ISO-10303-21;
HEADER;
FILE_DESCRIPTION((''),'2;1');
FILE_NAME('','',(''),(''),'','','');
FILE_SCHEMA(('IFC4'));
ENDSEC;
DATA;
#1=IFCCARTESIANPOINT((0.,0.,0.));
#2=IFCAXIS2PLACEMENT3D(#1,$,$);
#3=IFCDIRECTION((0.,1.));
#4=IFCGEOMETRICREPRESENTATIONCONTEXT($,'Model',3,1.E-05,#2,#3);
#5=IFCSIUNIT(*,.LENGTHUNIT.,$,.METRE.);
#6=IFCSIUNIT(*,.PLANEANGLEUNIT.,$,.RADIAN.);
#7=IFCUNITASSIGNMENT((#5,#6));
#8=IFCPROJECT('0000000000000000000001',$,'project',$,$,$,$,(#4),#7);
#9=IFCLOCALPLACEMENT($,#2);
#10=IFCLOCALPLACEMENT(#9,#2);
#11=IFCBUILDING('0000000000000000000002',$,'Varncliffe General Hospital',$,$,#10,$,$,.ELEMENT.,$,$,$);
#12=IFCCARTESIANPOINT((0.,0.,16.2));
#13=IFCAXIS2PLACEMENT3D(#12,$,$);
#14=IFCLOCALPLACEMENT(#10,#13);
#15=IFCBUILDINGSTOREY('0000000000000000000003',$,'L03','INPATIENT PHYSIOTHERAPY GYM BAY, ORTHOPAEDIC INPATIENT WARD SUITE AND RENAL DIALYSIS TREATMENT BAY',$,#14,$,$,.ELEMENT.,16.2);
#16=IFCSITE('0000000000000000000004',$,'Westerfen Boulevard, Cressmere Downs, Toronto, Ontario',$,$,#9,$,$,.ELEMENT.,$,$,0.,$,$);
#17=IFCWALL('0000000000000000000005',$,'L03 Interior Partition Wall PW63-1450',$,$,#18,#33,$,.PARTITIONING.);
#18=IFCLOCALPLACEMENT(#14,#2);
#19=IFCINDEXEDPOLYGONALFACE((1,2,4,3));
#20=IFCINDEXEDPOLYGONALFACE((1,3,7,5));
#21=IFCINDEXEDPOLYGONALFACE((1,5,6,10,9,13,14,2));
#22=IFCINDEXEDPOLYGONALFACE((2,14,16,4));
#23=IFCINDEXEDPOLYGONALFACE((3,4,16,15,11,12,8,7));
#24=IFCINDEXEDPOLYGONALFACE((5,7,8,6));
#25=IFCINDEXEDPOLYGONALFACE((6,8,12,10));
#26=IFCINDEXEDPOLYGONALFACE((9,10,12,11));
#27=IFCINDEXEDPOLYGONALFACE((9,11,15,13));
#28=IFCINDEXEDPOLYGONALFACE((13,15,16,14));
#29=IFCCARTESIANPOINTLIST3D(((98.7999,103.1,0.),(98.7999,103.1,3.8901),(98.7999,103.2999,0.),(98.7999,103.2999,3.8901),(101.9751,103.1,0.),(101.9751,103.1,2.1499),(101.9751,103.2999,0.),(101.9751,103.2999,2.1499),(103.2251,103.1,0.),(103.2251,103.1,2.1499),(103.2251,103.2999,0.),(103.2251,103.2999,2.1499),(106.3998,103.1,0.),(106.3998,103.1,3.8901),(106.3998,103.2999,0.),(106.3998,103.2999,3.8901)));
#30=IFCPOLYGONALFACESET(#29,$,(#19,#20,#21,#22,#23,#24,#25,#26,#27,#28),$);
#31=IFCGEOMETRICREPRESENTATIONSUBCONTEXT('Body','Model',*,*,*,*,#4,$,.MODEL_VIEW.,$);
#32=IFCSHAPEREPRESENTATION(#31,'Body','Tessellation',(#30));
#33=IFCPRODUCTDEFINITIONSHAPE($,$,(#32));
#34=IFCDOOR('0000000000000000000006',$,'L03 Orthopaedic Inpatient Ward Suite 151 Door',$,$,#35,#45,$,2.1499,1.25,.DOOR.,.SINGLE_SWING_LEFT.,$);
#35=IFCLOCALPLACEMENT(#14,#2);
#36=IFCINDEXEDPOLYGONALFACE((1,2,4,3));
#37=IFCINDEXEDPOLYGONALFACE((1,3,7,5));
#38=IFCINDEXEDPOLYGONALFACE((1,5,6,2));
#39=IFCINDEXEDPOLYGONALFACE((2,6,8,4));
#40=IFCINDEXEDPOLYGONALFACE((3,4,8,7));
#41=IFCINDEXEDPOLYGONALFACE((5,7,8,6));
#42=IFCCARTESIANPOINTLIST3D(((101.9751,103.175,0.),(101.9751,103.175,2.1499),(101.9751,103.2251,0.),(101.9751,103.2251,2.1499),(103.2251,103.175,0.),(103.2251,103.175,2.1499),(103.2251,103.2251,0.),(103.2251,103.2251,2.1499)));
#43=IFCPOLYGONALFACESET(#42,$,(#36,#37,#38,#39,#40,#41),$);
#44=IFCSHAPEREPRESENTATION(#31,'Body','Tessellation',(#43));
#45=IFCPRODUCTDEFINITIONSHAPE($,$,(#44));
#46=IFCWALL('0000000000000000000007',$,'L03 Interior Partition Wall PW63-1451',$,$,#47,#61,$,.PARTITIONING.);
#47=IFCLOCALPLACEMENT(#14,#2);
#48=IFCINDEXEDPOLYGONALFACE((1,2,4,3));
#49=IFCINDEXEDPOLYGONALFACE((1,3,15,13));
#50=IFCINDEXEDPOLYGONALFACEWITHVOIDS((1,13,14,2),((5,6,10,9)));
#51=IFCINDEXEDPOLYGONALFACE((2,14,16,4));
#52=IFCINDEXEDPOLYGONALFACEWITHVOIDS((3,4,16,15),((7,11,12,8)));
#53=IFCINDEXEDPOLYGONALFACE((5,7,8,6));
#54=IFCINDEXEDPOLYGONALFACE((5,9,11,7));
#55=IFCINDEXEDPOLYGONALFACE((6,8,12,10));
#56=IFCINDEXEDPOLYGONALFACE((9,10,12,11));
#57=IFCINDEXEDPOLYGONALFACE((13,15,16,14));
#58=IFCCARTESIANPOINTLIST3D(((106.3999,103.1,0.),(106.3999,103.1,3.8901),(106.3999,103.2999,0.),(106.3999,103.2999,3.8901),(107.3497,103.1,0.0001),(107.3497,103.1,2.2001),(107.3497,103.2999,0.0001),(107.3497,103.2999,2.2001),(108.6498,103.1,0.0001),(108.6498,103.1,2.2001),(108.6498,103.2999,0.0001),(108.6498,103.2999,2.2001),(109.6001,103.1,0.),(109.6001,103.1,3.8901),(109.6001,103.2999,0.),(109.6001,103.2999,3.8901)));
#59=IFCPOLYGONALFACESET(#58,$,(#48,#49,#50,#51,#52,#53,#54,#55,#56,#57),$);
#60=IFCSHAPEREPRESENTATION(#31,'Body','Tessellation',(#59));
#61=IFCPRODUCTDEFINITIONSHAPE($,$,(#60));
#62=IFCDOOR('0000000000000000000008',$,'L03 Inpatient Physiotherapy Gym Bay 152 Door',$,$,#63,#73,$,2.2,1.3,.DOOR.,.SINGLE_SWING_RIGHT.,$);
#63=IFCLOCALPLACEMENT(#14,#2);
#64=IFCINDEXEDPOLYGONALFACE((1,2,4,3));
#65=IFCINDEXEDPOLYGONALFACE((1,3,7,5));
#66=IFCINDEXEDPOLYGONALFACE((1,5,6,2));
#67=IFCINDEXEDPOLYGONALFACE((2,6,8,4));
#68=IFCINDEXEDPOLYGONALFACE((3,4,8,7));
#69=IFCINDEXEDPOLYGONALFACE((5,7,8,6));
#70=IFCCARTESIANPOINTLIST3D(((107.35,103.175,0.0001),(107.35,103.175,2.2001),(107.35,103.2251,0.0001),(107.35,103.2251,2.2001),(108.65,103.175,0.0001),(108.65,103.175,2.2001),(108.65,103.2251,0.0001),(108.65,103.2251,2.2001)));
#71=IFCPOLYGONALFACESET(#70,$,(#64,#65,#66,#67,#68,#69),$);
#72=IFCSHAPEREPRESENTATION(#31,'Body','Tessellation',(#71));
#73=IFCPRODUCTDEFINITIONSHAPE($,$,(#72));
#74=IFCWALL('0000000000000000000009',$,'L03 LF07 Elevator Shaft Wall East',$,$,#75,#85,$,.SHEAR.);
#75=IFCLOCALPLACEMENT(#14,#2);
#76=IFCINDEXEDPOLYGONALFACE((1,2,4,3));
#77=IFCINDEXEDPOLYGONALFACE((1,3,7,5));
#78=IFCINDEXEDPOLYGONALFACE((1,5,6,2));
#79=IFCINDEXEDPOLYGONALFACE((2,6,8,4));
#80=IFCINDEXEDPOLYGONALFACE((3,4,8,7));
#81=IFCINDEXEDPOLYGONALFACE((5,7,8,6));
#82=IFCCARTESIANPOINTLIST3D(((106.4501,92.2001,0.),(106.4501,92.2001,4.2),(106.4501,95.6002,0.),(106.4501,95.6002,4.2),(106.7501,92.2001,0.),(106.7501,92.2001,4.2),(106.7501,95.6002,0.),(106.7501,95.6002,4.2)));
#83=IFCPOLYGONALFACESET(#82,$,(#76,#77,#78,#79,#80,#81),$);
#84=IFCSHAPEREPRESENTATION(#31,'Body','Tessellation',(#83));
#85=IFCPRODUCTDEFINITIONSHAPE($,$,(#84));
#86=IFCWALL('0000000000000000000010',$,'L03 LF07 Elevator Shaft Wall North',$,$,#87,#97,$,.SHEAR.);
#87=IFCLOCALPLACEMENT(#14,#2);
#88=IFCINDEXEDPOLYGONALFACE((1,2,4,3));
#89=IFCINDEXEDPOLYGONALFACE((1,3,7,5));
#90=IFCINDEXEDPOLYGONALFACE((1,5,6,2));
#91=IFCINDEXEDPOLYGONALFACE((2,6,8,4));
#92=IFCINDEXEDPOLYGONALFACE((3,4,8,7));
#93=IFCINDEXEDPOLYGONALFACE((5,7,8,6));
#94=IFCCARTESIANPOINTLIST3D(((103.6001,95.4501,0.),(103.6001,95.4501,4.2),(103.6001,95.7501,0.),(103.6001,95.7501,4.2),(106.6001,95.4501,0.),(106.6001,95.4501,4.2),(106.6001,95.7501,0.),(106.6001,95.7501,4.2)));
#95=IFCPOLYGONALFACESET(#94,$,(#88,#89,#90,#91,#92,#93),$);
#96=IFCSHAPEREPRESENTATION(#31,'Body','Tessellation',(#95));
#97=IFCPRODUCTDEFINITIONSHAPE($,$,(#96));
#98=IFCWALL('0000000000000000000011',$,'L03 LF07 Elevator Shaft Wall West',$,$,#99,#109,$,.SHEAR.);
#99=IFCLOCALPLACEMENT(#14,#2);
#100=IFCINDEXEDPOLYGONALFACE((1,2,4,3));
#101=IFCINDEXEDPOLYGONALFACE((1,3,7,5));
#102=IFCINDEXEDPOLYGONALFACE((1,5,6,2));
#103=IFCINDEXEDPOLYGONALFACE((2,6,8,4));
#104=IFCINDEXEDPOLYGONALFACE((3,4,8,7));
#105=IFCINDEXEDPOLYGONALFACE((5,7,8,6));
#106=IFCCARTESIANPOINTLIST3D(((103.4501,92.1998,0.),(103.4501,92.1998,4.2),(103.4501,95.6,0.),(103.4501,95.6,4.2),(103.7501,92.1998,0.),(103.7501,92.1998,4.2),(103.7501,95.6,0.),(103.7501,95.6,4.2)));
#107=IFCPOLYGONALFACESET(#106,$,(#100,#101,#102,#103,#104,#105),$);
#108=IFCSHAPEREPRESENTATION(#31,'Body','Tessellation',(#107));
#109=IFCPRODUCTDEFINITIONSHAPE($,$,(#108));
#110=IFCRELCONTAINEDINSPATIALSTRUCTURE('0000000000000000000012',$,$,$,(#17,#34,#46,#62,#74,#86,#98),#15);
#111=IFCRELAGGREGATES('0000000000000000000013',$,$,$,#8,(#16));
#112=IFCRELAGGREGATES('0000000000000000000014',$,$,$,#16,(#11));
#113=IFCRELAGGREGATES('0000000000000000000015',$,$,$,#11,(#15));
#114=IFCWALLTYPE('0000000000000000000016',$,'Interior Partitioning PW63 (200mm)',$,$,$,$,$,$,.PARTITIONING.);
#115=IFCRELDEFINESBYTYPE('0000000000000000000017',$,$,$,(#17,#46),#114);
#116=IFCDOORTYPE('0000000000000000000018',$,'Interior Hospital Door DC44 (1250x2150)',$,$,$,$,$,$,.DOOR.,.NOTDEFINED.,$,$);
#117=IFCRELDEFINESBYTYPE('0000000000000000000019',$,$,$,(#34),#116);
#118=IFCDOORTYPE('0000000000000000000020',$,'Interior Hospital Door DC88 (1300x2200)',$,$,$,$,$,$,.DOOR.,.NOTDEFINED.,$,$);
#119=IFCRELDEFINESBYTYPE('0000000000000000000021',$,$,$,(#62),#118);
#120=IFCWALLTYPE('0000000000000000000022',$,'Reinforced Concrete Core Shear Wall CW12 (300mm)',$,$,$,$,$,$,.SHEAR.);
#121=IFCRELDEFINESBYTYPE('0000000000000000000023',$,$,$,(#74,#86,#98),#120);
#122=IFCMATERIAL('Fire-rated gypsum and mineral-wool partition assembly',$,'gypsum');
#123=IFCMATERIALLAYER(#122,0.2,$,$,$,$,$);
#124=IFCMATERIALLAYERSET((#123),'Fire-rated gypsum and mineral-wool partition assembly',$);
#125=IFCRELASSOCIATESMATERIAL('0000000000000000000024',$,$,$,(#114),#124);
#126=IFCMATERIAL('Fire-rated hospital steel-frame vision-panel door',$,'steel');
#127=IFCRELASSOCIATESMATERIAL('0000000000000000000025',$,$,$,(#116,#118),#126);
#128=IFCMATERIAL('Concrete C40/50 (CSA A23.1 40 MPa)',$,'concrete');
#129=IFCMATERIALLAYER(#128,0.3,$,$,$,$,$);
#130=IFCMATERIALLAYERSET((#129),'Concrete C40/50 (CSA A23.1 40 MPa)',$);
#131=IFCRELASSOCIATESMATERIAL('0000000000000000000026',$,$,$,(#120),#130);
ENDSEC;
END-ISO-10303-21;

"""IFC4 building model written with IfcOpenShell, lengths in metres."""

from ifc_helpers import new_model, si_unit, direction, frame, frame_2d, origin, place, context, subcontext, project, spatial, rectangle, extrude, material, layer, layer_set, type_object, element, fill, save


model = new_model("IFC4")

# Units and contexts
model_context = context("Model", 3, precision=1e-05, world=origin(), true_north=direction((0.0, 1.0)))
body_context = subcontext(model_context, "Body", "Model", "MODEL_VIEW")
ifc_project = project(units=[si_unit("LENGTHUNIT", "METRE"), si_unit("PLANEANGLEUNIT", "RADIAN")], contexts=[model_context])

# Site, building, storey
site_placement = place(None, origin())
site = spatial("IfcSite", under=ifc_project, at=site_placement, Name="Westerfen Boulevard, Cressmere Downs, Toronto, Ontario", CompositionType="ELEMENT", RefElevation=0.0)
building_placement = place(site_placement, origin())
building = spatial("IfcBuilding", under=site, at=building_placement, Name="Varncliffe General Hospital", CompositionType="ELEMENT")
storey_placement = place(building_placement, frame((0.0, 0.0, 16.2)))
storey = spatial("IfcBuildingStorey", under=building, at=storey_placement, Name="L03", Description="INPATIENT PHYSIOTHERAPY GYM BAY, ORTHOPAEDIC INPATIENT WARD SUITE AND RENAL DIALYSIS TREATMENT BAY", CompositionType="ELEMENT", Elevation=16.2)

# Shared definitions
ifc_material_1 = material(Name="Concrete C40/50 (CSA A23.1 40 MPa)", Category="concrete")

# Walls, openings, doors
ifc_material_2 = material(Name="Fire-rated gypsum and mineral-wool partition assembly", Category="gypsum")
ifc_layer_1 = layer(ifc_material_2, 0.2)
ifc_layer_set_1 = layer_set([ifc_layer_1], Name="Fire-rated gypsum and mineral-wool partition assembly")
wall_type_1 = type_object("IfcWallType", Name="Interior Partitioning PW63 (200mm)", PredefinedType="PARTITIONING", material=ifc_layer_set_1)
wall_1_placement = place(storey_placement, frame((98.8, 103.2, 0.0), z_axis=(0.0, 0.0, 1.0), x_axis=(1.0, 0.0, 0.0)))
wall_1 = element("IfcWall", 1, at=wall_1_placement, inside=storey, type_object=wall_type_1, Name="L03 Interior Partition Wall PW63-1450", PredefinedType="PARTITIONING", context=body_context, shape_type="SweptSolid", body=[
    extrude(rectangle(XDim=7.5999, YDim=0.2, at=frame_2d((3.7998, 0.0))), origin(), (0.0, 0.0, 1.0), 3.8901),
])
opening_1_placement = place(wall_1_placement, frame((3.175, 0.0, 0.0)))
opening_1 = element("IfcOpeningElement", 2, at=opening_1_placement, cuts=wall_1, PredefinedType="OPENING", context=body_context, shape_type="SweptSolid", body=[
    extrude(rectangle(XDim=1.25, YDim=2.1499, at=frame_2d((0.625, 1.075))), frame((0.0, 0.1099, 0.0), z_axis=(0.0, -1.0, 0.0), x_axis=(1.0, 0.0, 0.0)), (0.0, 0.0, 1.0), 0.22),
])
ifc_material_3 = material(Name="Fire-rated hospital steel-frame vision-panel door", Category="steel")
door_type_1 = type_object("IfcDoorType", Name="Interior Hospital Door DC44 (1250x2150)", OperationType="NOTDEFINED", PredefinedType="DOOR", material=ifc_material_3)
door_1_placement = place(opening_1_placement, frame((1.25, 0.0, 0.0), z_axis=(0.0, 0.0, 1.0), x_axis=(-1.0, 0.0, 0.0)))
door_1 = element("IfcDoor", 3, at=door_1_placement, inside=storey, type_object=door_type_1, Name="L03 Orthopaedic Inpatient Ward Suite 151 Door", OperationType="SINGLE_SWING_LEFT", OverallHeight=2.1499, OverallWidth=1.25, PredefinedType="DOOR", context=body_context, shape_type="SweptSolid", body=[
    extrude(rectangle(XDim=1.25, YDim=2.1499, at=frame_2d((0.625, 1.075))), frame((0.0, 0.0249, 0.0), z_axis=(0.0, -1.0, 0.0), x_axis=(1.0, 0.0, 0.0)), (0.0, 0.0, 1.0), 0.05),
])
fill(opening_1, door_1)
wall_2_placement = place(storey_placement, frame((106.3999, 103.2, 0.0), z_axis=(0.0, 0.0, 1.0), x_axis=(1.0, 0.0, 0.0)))
wall_2 = element("IfcWall", 4, at=wall_2_placement, inside=storey, type_object=wall_type_1, Name="L03 Interior Partition Wall PW63-1451", PredefinedType="PARTITIONING", context=body_context, shape_type="SweptSolid", body=[
    extrude(rectangle(XDim=3.2002, YDim=0.2, at=frame_2d((1.6001, 0.0))), origin(), (0.0, 0.0, 1.0), 3.8901),
])
opening_2_placement = place(wall_2_placement, frame((0.95, 0.0, 0.0)))
opening_2 = element("IfcOpeningElement", 5, at=opening_2_placement, cuts=wall_2, PredefinedType="OPENING", context=body_context, shape_type="SweptSolid", body=[
    extrude(rectangle(XDim=1.3, YDim=2.2, at=frame_2d((0.6499, 1.1001))), frame((0.0, 0.1099, 0.0), z_axis=(0.0, -1.0, 0.0), x_axis=(1.0, 0.0, 0.0)), (0.0, 0.0, 1.0), 0.22),
])
door_type_2 = type_object("IfcDoorType", Name="Interior Hospital Door DC88 (1300x2200)", OperationType="NOTDEFINED", PredefinedType="DOOR", material=ifc_material_3)
door_2_placement = place(opening_2_placement, frame((1.3, 0.0, 0.0), z_axis=(0.0, 0.0, 1.0), x_axis=(-1.0, 0.0, 0.0)))
door_2 = element("IfcDoor", 6, at=door_2_placement, inside=storey, type_object=door_type_2, Name="L03 Inpatient Physiotherapy Gym Bay 152 Door", OperationType="SINGLE_SWING_RIGHT", OverallHeight=2.2, OverallWidth=1.3, PredefinedType="DOOR", context=body_context, shape_type="SweptSolid", body=[
    extrude(rectangle(XDim=1.3, YDim=2.2, at=frame_2d((0.6499, 1.1001))), frame((0.0, 0.0249, 0.0), z_axis=(0.0, -1.0, 0.0), x_axis=(1.0, 0.0, 0.0)), (0.0, 0.0, 1.0), 0.05),
])
fill(opening_2, door_2)

# Walls
ifc_layer_2 = layer(ifc_material_1, 0.3)
ifc_layer_set_2 = layer_set([ifc_layer_2], Name="Concrete C40/50 (CSA A23.1 40 MPa)")
wall_type_2 = type_object("IfcWallType", Name="Reinforced Concrete Core Shear Wall CW12 (300mm)", PredefinedType="SHEAR", material=ifc_layer_set_2)
wall_3_placement = place(storey_placement, frame((106.6001, 92.2, 0.0), z_axis=(0.0, 0.0, 1.0), x_axis=(0.0, 1.0, 0.0)))
element("IfcWall", 7, at=wall_3_placement, inside=storey, type_object=wall_type_2, Name="L03 LF07 Elevator Shaft Wall East", PredefinedType="SHEAR", context=body_context, shape_type="SweptSolid", body=[
    extrude(rectangle(XDim=3.4001, YDim=0.3, at=frame_2d((1.7002, 0.0))), origin(), (0.0, 0.0, 1.0), 4.2),
])
wall_4_placement = place(storey_placement, frame((106.6001, 95.6001, 0.0), z_axis=(0.0, 0.0, 1.0), x_axis=(-1.0, 0.0, 0.0)))
element("IfcWall", 8, at=wall_4_placement, inside=storey, type_object=wall_type_2, Name="L03 LF07 Elevator Shaft Wall North", PredefinedType="SHEAR", context=body_context, shape_type="SweptSolid", body=[
    extrude(rectangle(XDim=3.0, YDim=0.3, at=frame_2d((1.5, 0.0))), origin(), (0.0, 0.0, 1.0), 4.2),
])
wall_5_placement = place(storey_placement, frame((103.6001, 95.6001, 0.0), z_axis=(0.0, 0.0, 1.0), x_axis=(0.0, -1.0, 0.0)))
element("IfcWall", 9, at=wall_5_placement, inside=storey, type_object=wall_type_2, Name="L03 LF07 Elevator Shaft Wall West", PredefinedType="SHEAR", context=body_context, shape_type="SweptSolid", body=[
    extrude(rectangle(XDim=3.4001, YDim=0.3, at=frame_2d((1.7002, 0.0))), origin(), (0.0, 0.0, 1.0), 4.2),
])

save(model, "model.ifc")
